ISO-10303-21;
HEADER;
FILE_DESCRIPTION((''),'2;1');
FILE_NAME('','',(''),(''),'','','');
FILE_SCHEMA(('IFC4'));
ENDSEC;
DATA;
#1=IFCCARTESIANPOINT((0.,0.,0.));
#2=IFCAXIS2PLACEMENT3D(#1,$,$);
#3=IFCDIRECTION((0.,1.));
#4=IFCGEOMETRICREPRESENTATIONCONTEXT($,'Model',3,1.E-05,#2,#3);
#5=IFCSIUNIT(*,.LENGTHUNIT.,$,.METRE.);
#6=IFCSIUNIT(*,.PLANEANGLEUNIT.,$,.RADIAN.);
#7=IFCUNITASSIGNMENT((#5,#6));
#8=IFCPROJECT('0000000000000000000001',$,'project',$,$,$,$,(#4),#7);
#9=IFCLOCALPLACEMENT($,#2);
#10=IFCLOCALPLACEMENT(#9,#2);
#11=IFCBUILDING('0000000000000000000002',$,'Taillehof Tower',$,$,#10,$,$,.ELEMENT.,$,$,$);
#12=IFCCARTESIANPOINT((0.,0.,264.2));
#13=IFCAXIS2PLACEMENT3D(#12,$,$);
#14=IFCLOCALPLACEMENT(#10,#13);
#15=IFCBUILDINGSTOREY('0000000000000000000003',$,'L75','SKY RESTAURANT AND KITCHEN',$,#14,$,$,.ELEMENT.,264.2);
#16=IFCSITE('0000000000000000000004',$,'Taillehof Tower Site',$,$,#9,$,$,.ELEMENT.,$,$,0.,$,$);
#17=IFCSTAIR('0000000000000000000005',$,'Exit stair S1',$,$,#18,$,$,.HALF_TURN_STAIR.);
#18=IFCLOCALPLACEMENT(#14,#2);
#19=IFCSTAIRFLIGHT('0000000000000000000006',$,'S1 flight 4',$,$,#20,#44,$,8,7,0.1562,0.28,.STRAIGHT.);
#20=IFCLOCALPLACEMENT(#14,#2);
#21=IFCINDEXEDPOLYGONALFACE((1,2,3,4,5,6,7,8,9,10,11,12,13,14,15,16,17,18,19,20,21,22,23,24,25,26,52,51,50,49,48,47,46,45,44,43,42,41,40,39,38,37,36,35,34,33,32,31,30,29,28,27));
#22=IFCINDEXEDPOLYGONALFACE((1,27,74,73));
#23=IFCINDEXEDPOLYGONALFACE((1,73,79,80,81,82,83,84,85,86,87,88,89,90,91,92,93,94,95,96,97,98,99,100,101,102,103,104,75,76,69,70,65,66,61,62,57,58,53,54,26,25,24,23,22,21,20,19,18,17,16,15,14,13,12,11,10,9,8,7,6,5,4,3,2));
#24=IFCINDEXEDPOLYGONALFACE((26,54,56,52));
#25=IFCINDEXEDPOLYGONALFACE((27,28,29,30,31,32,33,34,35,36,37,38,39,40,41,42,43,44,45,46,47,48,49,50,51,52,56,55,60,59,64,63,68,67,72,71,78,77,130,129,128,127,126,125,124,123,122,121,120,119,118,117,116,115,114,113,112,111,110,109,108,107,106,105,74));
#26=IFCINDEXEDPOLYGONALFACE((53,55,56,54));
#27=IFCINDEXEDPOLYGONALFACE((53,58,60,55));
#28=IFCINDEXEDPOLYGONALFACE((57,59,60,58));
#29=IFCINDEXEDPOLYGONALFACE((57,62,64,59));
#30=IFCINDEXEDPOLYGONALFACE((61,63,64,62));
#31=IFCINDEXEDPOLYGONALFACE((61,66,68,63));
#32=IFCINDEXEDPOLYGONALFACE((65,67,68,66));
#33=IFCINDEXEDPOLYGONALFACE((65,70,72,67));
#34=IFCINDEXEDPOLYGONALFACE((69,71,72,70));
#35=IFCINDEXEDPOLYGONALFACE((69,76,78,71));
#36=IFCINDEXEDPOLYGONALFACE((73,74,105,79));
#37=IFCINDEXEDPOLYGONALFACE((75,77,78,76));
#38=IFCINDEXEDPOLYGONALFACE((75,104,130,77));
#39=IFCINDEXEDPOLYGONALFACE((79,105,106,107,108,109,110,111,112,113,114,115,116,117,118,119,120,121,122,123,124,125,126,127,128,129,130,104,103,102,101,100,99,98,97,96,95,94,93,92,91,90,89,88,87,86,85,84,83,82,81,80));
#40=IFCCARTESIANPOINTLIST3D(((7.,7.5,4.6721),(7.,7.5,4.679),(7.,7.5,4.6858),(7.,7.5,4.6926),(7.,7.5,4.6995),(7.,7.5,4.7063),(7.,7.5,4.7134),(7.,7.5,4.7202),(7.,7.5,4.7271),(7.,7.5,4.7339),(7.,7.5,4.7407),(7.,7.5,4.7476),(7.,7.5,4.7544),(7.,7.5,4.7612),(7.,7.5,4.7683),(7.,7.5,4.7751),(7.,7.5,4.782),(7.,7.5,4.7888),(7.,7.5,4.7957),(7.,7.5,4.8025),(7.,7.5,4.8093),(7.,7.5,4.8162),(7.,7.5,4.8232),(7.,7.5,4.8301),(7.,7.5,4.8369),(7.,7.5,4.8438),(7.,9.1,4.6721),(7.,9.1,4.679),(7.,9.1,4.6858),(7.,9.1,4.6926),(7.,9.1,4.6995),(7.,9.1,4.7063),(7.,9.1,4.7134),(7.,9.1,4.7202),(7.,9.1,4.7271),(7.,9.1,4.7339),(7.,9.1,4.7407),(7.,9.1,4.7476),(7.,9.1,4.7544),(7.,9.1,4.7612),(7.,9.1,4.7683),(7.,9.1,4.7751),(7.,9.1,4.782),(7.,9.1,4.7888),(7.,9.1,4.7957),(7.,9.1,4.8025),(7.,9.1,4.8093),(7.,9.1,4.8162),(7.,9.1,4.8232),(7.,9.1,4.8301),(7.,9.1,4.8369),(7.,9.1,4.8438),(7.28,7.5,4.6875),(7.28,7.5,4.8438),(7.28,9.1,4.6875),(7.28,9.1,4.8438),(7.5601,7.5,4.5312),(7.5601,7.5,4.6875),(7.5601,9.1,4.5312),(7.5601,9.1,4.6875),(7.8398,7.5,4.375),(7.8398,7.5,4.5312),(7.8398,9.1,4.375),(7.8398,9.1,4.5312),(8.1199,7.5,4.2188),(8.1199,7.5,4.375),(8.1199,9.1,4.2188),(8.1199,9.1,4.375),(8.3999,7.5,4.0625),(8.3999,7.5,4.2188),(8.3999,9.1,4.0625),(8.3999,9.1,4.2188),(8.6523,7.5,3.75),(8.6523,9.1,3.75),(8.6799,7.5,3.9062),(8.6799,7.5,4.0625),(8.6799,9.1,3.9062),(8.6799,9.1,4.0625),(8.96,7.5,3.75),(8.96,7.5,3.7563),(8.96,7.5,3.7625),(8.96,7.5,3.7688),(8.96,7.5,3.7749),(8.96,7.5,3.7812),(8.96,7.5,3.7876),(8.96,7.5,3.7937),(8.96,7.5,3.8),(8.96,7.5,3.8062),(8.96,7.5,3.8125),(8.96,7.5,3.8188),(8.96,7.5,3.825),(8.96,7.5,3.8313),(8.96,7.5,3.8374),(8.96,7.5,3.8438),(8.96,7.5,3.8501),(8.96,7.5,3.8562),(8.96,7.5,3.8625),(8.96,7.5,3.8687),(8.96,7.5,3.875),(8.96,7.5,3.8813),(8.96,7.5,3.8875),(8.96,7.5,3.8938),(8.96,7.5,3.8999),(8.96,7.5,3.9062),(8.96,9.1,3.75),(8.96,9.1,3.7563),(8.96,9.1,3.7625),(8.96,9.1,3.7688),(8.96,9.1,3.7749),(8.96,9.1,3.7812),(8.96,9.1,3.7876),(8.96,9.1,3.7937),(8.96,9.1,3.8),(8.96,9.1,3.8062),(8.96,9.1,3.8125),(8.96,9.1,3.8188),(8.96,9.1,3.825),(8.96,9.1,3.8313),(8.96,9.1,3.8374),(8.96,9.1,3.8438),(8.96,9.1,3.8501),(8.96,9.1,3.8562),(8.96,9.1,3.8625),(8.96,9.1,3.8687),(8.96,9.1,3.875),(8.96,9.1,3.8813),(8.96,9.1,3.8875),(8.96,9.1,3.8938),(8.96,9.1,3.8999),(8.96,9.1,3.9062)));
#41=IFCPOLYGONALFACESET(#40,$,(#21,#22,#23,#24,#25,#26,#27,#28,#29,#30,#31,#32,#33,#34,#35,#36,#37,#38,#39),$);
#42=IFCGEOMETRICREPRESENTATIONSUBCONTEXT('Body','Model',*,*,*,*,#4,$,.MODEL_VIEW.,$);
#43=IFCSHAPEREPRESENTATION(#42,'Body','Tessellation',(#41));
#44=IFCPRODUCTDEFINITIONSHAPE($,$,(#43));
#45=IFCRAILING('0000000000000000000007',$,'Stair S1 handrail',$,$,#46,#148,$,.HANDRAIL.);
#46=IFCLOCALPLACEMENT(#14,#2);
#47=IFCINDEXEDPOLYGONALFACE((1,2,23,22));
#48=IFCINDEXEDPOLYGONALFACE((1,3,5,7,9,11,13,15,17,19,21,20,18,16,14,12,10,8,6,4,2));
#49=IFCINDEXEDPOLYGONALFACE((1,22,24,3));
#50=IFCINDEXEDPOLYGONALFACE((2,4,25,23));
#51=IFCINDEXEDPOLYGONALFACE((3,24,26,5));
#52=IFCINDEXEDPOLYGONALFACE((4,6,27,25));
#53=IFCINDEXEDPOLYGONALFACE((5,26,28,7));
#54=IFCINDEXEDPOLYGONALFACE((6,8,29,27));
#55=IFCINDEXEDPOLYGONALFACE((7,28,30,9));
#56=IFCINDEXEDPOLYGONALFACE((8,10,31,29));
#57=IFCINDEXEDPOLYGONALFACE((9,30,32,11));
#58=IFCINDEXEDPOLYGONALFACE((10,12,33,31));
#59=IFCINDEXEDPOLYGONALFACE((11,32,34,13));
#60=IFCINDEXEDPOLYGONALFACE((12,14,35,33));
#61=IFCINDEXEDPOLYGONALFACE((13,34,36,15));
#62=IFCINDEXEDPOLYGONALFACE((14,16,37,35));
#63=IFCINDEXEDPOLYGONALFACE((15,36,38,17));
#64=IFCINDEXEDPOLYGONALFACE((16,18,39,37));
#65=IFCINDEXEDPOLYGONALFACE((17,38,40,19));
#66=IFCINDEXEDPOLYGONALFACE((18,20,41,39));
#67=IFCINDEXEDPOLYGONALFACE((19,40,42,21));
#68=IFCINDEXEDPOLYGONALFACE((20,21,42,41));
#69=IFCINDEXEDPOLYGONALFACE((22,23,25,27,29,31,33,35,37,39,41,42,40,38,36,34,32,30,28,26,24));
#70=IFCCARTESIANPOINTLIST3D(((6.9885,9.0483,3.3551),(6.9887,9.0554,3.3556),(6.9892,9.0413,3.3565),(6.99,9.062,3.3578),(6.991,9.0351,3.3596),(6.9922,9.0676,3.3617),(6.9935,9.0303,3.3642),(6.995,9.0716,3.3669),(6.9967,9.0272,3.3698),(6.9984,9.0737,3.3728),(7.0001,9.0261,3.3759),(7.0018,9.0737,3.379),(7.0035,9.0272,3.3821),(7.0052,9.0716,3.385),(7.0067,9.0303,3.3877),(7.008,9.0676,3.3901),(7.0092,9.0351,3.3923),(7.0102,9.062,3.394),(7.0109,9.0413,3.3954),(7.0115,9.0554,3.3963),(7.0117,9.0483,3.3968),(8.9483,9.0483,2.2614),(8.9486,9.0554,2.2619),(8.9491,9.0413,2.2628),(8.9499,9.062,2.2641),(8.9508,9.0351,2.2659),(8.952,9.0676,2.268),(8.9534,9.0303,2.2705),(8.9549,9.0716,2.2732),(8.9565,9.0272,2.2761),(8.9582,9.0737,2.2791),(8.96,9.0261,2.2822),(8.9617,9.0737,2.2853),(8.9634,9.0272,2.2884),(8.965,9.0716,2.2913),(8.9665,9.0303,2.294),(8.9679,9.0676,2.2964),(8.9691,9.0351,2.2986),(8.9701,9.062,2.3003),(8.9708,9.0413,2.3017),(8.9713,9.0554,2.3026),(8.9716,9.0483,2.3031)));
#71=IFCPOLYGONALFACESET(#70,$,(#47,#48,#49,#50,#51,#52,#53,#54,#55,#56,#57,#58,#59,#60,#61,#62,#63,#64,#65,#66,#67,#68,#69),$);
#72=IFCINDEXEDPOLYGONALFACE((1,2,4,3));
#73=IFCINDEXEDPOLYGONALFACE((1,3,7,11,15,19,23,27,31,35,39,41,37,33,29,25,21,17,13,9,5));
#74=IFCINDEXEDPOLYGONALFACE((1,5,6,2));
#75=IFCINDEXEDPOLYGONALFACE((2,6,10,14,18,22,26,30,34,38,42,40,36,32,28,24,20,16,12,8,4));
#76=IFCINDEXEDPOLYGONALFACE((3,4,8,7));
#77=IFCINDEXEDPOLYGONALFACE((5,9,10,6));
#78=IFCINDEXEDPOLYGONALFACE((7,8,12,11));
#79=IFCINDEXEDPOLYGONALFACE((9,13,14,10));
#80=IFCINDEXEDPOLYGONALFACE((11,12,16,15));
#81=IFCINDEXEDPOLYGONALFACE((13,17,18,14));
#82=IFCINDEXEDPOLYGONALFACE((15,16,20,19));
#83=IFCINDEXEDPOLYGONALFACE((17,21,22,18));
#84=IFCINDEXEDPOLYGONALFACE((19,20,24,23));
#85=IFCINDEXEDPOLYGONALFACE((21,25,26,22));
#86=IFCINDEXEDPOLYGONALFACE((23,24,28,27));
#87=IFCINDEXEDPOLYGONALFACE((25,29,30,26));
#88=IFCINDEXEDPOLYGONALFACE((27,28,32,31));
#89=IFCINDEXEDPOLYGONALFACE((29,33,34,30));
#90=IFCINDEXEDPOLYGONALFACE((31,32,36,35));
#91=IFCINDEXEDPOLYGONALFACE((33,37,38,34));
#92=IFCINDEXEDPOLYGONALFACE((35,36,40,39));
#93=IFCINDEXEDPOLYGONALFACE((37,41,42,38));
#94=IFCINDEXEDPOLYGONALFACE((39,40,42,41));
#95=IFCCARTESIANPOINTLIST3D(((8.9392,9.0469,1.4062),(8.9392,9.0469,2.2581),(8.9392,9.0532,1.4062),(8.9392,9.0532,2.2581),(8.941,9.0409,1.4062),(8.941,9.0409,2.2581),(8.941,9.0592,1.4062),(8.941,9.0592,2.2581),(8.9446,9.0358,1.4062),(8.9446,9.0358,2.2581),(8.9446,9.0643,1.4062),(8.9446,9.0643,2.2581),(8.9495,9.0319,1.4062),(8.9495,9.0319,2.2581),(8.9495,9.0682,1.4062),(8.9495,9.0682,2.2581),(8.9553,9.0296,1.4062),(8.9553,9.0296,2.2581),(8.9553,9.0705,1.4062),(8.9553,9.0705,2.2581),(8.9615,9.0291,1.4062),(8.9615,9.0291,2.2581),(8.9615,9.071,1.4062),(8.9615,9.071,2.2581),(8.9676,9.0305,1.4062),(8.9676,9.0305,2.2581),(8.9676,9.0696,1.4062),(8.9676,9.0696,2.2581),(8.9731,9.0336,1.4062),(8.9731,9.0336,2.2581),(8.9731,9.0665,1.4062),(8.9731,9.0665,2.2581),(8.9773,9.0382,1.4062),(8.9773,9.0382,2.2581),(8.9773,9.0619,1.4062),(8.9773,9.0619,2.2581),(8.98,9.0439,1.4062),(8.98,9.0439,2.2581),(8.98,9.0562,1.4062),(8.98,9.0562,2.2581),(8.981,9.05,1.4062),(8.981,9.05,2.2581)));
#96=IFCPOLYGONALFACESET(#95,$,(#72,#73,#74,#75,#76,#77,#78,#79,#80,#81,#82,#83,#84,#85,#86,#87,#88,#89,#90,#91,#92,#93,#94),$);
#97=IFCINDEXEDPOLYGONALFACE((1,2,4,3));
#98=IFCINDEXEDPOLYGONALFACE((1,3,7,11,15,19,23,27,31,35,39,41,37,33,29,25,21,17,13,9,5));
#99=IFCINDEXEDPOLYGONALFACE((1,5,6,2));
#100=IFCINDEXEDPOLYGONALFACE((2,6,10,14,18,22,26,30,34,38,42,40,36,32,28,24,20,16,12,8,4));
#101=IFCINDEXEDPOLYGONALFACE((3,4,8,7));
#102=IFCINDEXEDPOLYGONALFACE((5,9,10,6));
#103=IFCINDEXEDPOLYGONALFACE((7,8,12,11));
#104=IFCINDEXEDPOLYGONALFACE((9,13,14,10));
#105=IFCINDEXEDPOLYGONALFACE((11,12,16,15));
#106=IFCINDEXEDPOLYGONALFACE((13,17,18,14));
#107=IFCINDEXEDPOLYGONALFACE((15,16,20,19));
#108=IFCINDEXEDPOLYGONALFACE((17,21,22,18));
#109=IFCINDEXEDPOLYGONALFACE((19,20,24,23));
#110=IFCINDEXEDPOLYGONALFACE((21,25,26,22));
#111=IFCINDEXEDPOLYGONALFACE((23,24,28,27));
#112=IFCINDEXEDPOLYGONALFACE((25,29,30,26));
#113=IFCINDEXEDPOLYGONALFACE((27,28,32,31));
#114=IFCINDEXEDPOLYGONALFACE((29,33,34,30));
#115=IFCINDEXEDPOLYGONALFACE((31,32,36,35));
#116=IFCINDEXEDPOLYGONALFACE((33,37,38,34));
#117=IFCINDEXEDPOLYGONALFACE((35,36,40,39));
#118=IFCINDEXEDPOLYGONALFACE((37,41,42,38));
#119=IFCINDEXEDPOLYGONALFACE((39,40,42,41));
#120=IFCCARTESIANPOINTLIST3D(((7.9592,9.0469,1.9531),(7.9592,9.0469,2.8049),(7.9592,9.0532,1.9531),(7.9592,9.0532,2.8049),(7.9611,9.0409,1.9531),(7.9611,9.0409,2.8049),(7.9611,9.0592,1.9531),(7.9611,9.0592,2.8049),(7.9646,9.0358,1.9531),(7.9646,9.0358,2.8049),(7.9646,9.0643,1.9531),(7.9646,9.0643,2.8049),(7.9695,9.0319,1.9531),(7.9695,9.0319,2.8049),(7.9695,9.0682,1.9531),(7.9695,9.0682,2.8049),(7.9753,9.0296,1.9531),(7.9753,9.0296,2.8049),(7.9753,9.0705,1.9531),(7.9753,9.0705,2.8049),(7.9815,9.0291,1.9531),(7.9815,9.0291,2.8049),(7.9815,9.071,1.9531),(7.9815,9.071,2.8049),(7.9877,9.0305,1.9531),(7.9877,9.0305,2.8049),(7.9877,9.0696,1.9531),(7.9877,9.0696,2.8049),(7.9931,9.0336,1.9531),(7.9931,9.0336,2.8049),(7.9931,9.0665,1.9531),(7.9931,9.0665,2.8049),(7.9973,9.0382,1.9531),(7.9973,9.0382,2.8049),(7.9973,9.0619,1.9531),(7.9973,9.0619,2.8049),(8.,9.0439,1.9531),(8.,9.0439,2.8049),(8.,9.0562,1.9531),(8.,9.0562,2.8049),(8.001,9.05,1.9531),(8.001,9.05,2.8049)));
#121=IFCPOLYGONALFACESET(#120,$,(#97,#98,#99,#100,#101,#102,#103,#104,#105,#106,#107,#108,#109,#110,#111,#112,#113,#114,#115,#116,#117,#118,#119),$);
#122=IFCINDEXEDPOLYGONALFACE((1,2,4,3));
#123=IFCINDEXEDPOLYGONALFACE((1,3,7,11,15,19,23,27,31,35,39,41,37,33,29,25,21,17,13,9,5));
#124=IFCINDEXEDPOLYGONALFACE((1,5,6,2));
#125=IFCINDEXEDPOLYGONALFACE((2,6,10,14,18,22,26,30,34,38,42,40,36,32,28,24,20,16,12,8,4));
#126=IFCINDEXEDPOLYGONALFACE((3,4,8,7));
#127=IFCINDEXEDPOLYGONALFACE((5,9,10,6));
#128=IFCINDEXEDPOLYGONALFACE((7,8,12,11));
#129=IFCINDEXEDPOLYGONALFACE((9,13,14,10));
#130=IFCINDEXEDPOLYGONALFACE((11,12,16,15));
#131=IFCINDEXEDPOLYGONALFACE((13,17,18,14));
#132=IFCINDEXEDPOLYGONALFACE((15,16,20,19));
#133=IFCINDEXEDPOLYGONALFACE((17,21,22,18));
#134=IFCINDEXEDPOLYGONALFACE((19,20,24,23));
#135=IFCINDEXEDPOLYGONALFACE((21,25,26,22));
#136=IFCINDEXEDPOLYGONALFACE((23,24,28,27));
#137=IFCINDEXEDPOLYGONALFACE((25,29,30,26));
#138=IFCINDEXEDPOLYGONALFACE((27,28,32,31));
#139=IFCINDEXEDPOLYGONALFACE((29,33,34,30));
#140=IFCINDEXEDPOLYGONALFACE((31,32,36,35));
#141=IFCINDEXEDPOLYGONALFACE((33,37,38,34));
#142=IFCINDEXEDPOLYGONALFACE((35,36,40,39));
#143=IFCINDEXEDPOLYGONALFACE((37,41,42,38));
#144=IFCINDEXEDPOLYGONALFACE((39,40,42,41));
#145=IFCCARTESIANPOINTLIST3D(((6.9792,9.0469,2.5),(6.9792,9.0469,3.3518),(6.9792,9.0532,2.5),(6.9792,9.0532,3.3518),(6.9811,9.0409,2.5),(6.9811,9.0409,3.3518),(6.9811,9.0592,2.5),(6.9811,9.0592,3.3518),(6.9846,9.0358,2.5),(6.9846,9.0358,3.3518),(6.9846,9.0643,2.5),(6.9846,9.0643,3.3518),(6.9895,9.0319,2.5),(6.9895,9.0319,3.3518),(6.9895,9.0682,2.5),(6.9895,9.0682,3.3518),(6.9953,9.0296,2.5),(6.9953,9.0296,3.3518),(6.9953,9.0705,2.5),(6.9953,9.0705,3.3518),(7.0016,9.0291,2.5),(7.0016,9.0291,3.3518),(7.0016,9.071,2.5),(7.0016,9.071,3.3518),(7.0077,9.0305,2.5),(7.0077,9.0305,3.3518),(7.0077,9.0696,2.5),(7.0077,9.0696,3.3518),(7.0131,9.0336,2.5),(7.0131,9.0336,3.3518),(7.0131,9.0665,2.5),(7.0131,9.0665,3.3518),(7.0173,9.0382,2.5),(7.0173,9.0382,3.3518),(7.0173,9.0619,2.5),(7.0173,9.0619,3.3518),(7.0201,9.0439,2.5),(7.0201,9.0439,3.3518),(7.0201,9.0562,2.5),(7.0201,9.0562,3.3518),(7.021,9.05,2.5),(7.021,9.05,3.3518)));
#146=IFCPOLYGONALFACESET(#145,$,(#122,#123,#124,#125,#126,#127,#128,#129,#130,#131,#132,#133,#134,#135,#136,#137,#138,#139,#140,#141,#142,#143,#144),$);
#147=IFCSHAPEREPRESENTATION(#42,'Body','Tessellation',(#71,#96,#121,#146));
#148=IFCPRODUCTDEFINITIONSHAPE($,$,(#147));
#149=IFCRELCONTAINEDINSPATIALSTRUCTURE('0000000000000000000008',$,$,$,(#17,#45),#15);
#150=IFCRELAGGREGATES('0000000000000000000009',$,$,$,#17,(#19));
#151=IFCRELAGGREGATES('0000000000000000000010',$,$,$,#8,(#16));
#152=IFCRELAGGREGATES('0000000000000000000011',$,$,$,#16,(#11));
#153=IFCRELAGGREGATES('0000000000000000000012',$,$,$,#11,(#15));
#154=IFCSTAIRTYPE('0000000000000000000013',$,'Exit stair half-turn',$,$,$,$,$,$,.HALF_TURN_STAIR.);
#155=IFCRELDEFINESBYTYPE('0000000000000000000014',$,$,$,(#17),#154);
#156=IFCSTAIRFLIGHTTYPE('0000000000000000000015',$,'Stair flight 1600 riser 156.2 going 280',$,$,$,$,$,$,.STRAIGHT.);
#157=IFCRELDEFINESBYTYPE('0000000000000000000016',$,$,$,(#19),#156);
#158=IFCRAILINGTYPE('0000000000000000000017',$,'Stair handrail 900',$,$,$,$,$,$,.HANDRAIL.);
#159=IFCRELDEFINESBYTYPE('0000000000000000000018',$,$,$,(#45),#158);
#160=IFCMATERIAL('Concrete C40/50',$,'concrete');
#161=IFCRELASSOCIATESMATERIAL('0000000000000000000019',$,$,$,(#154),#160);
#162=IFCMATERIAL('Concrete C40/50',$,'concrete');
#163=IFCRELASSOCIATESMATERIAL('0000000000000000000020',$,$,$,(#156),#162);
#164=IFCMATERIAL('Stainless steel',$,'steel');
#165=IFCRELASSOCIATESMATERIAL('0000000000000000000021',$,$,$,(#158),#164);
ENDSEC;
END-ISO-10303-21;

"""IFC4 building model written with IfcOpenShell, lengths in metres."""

from ifc_helpers import new_model, si_unit, direction, frame, origin, origin_2d, place, context, subcontext, project, spatial, polyline, circle, outline, extrude, material, type_object, element, aggregate, save


model = new_model("IFC4")

# Units and contexts
model_context = context("Model", 3, precision=1e-05, world=origin(), true_north=direction((0.0, 1.0)))
body_context = subcontext(model_context, "Body", "Model", "MODEL_VIEW")
ifc_project = project(units=[si_unit("LENGTHUNIT", "METRE"), si_unit("PLANEANGLEUNIT", "RADIAN")], contexts=[model_context])

# Site, building, storey
site_placement = place(None, origin())
site = spatial("IfcSite", under=ifc_project, at=site_placement, Name="Taillehof Tower Site", CompositionType="ELEMENT", RefElevation=0.0)
building_placement = place(site_placement, origin())
building = spatial("IfcBuilding", under=site, at=building_placement, Name="Taillehof Tower", CompositionType="ELEMENT")
storey_placement = place(building_placement, frame((0.0, 0.0, 264.2)))
storey = spatial("IfcBuildingStorey", under=building, at=storey_placement, Name="L75", Description="SKY RESTAURANT AND KITCHEN", CompositionType="ELEMENT", Elevation=264.2)

# Stair, stair flight
ifc_material_1 = material(Name="Concrete C40/50", Category="concrete")
stair_type = type_object("IfcStairType", Name="Exit stair half-turn", PredefinedType="HALF_TURN_STAIR", material=ifc_material_1)
stair_placement = place(storey_placement, origin())
stair = element("IfcStair", 1, at=stair_placement, inside=storey, type_object=stair_type, Name="Exit stair S1", PredefinedType="HALF_TURN_STAIR")
ifc_material_2 = material(Name="Concrete C40/50", Category="concrete")
stair_flight_type = type_object("IfcStairFlightType", Name="Stair flight 1600 riser 156.2 going 280", PredefinedType="STRAIGHT", material=ifc_material_2)
stair_flight_1_placement = place(storey_placement, frame((8.96, 8.3, 3.75), z_axis=(0.0, 0.0, 1.0), x_axis=(-1.0, 0.0, 0.0)))
stair_flight_1 = element("IfcStairFlight", 2, at=stair_flight_1_placement, type_object=stair_flight_type, Name="S1 flight 4", NumberOfRisers=8, NumberOfTreads=7, PredefinedType="STRAIGHT", RiserHeight=0.1562, TreadLength=0.28, context=body_context, shape_type="SweptSolid", body=[
    extrude(outline(polyline([(0.0, 0.0), (0.0, 0.0063), (0.0, 0.0125), (0.0, 0.0188), (0.0, 0.0249), (0.0, 0.0312), (0.0, 0.0376), (0.0, 0.0437), (0.0, 0.05), (0.0, 0.0562), (0.0, 0.0625), (0.0, 0.0688), (0.0, 0.075), (0.0, 0.0813), (0.0, 0.0874), (0.0, 0.0938), (0.0, 0.1001), (0.0, 0.1062), (0.0, 0.1125), (0.0, 0.1187), (0.0, 0.125), (0.0, 0.1313), (0.0, 0.1375), (0.0, 0.1438), (0.0, 0.1499), (0.0, 0.1562), (0.28, 0.1562), (0.28, 0.3125), (0.5601, 0.3125), (0.5601, 0.4688), (0.8401, 0.4688), (0.8401, 0.625), (1.1201, 0.625), (1.1201, 0.7812), (1.3999, 0.7812), (1.3999, 0.9375), (1.6799, 0.9375), (1.6799, 1.0938), (1.96, 1.0938), (1.96, 1.0869), (1.96, 1.0801), (1.96, 1.0732), (1.96, 1.0662), (1.96, 1.0593), (1.96, 1.0525), (1.96, 1.0457), (1.96, 1.0388), (1.96, 1.032), (1.96, 1.0251), (1.96, 1.0183), (1.96, 1.0112), (1.96, 1.0044), (1.96, 0.9976), (1.96, 0.9907), (1.96, 0.9839), (1.96, 0.9771), (1.96, 0.9702), (1.96, 0.9634), (1.96, 0.9563), (1.96, 0.9495), (1.96, 0.9426), (1.96, 0.9358), (1.96, 0.929), (1.96, 0.9221), (0.3076, 0.0), (0.0, 0.0)])), frame((0.0, 0.8, 0.0), z_axis=(0.0, -1.0, 0.0), x_axis=(1.0, 0.0, 0.0)), (0.0, 0.0, 1.0), 1.6),
])
aggregate(stair, [stair_flight_1])

# Railing
ifc_material_3 = material(Name="Stainless steel", Category="steel")
railing_type = type_object("IfcRailingType", Name="Stair handrail 900", PredefinedType="HANDRAIL", material=ifc_material_3)
railing_1_placement = place(storey_placement, frame((8.96, 9.05, 1.4062)))
element("IfcRailing", 3, at=railing_1_placement, inside=storey, type_object=railing_type, Name="Stair S1 handrail", PredefinedType="HANDRAIL", context=body_context, shape_type="SweptSolid", body=[
    extrude(circle(Radius=0.0239, at=origin_2d()), frame((0.0, 0.0, 0.876), z_axis=(-0.873232, 0.0, 0.487304), x_axis=(0.0, -1.0, 0.0)), (0.0, 0.0, 1.0), 2.2444),
    extrude(circle(Radius=0.021, at=origin_2d()), origin(), (0.0, 0.0, 1.0), 0.8518),
    extrude(circle(Radius=0.021, at=origin_2d()), frame((-0.98, 0.0, 0.5469)), (0.0, 0.0, 1.0), 0.8518),
    extrude(circle(Radius=0.021, at=origin_2d()), frame((-1.96, 0.0, 1.0938)), (0.0, 0.0, 1.0), 0.8518),
])

save(model, "model.ifc")
